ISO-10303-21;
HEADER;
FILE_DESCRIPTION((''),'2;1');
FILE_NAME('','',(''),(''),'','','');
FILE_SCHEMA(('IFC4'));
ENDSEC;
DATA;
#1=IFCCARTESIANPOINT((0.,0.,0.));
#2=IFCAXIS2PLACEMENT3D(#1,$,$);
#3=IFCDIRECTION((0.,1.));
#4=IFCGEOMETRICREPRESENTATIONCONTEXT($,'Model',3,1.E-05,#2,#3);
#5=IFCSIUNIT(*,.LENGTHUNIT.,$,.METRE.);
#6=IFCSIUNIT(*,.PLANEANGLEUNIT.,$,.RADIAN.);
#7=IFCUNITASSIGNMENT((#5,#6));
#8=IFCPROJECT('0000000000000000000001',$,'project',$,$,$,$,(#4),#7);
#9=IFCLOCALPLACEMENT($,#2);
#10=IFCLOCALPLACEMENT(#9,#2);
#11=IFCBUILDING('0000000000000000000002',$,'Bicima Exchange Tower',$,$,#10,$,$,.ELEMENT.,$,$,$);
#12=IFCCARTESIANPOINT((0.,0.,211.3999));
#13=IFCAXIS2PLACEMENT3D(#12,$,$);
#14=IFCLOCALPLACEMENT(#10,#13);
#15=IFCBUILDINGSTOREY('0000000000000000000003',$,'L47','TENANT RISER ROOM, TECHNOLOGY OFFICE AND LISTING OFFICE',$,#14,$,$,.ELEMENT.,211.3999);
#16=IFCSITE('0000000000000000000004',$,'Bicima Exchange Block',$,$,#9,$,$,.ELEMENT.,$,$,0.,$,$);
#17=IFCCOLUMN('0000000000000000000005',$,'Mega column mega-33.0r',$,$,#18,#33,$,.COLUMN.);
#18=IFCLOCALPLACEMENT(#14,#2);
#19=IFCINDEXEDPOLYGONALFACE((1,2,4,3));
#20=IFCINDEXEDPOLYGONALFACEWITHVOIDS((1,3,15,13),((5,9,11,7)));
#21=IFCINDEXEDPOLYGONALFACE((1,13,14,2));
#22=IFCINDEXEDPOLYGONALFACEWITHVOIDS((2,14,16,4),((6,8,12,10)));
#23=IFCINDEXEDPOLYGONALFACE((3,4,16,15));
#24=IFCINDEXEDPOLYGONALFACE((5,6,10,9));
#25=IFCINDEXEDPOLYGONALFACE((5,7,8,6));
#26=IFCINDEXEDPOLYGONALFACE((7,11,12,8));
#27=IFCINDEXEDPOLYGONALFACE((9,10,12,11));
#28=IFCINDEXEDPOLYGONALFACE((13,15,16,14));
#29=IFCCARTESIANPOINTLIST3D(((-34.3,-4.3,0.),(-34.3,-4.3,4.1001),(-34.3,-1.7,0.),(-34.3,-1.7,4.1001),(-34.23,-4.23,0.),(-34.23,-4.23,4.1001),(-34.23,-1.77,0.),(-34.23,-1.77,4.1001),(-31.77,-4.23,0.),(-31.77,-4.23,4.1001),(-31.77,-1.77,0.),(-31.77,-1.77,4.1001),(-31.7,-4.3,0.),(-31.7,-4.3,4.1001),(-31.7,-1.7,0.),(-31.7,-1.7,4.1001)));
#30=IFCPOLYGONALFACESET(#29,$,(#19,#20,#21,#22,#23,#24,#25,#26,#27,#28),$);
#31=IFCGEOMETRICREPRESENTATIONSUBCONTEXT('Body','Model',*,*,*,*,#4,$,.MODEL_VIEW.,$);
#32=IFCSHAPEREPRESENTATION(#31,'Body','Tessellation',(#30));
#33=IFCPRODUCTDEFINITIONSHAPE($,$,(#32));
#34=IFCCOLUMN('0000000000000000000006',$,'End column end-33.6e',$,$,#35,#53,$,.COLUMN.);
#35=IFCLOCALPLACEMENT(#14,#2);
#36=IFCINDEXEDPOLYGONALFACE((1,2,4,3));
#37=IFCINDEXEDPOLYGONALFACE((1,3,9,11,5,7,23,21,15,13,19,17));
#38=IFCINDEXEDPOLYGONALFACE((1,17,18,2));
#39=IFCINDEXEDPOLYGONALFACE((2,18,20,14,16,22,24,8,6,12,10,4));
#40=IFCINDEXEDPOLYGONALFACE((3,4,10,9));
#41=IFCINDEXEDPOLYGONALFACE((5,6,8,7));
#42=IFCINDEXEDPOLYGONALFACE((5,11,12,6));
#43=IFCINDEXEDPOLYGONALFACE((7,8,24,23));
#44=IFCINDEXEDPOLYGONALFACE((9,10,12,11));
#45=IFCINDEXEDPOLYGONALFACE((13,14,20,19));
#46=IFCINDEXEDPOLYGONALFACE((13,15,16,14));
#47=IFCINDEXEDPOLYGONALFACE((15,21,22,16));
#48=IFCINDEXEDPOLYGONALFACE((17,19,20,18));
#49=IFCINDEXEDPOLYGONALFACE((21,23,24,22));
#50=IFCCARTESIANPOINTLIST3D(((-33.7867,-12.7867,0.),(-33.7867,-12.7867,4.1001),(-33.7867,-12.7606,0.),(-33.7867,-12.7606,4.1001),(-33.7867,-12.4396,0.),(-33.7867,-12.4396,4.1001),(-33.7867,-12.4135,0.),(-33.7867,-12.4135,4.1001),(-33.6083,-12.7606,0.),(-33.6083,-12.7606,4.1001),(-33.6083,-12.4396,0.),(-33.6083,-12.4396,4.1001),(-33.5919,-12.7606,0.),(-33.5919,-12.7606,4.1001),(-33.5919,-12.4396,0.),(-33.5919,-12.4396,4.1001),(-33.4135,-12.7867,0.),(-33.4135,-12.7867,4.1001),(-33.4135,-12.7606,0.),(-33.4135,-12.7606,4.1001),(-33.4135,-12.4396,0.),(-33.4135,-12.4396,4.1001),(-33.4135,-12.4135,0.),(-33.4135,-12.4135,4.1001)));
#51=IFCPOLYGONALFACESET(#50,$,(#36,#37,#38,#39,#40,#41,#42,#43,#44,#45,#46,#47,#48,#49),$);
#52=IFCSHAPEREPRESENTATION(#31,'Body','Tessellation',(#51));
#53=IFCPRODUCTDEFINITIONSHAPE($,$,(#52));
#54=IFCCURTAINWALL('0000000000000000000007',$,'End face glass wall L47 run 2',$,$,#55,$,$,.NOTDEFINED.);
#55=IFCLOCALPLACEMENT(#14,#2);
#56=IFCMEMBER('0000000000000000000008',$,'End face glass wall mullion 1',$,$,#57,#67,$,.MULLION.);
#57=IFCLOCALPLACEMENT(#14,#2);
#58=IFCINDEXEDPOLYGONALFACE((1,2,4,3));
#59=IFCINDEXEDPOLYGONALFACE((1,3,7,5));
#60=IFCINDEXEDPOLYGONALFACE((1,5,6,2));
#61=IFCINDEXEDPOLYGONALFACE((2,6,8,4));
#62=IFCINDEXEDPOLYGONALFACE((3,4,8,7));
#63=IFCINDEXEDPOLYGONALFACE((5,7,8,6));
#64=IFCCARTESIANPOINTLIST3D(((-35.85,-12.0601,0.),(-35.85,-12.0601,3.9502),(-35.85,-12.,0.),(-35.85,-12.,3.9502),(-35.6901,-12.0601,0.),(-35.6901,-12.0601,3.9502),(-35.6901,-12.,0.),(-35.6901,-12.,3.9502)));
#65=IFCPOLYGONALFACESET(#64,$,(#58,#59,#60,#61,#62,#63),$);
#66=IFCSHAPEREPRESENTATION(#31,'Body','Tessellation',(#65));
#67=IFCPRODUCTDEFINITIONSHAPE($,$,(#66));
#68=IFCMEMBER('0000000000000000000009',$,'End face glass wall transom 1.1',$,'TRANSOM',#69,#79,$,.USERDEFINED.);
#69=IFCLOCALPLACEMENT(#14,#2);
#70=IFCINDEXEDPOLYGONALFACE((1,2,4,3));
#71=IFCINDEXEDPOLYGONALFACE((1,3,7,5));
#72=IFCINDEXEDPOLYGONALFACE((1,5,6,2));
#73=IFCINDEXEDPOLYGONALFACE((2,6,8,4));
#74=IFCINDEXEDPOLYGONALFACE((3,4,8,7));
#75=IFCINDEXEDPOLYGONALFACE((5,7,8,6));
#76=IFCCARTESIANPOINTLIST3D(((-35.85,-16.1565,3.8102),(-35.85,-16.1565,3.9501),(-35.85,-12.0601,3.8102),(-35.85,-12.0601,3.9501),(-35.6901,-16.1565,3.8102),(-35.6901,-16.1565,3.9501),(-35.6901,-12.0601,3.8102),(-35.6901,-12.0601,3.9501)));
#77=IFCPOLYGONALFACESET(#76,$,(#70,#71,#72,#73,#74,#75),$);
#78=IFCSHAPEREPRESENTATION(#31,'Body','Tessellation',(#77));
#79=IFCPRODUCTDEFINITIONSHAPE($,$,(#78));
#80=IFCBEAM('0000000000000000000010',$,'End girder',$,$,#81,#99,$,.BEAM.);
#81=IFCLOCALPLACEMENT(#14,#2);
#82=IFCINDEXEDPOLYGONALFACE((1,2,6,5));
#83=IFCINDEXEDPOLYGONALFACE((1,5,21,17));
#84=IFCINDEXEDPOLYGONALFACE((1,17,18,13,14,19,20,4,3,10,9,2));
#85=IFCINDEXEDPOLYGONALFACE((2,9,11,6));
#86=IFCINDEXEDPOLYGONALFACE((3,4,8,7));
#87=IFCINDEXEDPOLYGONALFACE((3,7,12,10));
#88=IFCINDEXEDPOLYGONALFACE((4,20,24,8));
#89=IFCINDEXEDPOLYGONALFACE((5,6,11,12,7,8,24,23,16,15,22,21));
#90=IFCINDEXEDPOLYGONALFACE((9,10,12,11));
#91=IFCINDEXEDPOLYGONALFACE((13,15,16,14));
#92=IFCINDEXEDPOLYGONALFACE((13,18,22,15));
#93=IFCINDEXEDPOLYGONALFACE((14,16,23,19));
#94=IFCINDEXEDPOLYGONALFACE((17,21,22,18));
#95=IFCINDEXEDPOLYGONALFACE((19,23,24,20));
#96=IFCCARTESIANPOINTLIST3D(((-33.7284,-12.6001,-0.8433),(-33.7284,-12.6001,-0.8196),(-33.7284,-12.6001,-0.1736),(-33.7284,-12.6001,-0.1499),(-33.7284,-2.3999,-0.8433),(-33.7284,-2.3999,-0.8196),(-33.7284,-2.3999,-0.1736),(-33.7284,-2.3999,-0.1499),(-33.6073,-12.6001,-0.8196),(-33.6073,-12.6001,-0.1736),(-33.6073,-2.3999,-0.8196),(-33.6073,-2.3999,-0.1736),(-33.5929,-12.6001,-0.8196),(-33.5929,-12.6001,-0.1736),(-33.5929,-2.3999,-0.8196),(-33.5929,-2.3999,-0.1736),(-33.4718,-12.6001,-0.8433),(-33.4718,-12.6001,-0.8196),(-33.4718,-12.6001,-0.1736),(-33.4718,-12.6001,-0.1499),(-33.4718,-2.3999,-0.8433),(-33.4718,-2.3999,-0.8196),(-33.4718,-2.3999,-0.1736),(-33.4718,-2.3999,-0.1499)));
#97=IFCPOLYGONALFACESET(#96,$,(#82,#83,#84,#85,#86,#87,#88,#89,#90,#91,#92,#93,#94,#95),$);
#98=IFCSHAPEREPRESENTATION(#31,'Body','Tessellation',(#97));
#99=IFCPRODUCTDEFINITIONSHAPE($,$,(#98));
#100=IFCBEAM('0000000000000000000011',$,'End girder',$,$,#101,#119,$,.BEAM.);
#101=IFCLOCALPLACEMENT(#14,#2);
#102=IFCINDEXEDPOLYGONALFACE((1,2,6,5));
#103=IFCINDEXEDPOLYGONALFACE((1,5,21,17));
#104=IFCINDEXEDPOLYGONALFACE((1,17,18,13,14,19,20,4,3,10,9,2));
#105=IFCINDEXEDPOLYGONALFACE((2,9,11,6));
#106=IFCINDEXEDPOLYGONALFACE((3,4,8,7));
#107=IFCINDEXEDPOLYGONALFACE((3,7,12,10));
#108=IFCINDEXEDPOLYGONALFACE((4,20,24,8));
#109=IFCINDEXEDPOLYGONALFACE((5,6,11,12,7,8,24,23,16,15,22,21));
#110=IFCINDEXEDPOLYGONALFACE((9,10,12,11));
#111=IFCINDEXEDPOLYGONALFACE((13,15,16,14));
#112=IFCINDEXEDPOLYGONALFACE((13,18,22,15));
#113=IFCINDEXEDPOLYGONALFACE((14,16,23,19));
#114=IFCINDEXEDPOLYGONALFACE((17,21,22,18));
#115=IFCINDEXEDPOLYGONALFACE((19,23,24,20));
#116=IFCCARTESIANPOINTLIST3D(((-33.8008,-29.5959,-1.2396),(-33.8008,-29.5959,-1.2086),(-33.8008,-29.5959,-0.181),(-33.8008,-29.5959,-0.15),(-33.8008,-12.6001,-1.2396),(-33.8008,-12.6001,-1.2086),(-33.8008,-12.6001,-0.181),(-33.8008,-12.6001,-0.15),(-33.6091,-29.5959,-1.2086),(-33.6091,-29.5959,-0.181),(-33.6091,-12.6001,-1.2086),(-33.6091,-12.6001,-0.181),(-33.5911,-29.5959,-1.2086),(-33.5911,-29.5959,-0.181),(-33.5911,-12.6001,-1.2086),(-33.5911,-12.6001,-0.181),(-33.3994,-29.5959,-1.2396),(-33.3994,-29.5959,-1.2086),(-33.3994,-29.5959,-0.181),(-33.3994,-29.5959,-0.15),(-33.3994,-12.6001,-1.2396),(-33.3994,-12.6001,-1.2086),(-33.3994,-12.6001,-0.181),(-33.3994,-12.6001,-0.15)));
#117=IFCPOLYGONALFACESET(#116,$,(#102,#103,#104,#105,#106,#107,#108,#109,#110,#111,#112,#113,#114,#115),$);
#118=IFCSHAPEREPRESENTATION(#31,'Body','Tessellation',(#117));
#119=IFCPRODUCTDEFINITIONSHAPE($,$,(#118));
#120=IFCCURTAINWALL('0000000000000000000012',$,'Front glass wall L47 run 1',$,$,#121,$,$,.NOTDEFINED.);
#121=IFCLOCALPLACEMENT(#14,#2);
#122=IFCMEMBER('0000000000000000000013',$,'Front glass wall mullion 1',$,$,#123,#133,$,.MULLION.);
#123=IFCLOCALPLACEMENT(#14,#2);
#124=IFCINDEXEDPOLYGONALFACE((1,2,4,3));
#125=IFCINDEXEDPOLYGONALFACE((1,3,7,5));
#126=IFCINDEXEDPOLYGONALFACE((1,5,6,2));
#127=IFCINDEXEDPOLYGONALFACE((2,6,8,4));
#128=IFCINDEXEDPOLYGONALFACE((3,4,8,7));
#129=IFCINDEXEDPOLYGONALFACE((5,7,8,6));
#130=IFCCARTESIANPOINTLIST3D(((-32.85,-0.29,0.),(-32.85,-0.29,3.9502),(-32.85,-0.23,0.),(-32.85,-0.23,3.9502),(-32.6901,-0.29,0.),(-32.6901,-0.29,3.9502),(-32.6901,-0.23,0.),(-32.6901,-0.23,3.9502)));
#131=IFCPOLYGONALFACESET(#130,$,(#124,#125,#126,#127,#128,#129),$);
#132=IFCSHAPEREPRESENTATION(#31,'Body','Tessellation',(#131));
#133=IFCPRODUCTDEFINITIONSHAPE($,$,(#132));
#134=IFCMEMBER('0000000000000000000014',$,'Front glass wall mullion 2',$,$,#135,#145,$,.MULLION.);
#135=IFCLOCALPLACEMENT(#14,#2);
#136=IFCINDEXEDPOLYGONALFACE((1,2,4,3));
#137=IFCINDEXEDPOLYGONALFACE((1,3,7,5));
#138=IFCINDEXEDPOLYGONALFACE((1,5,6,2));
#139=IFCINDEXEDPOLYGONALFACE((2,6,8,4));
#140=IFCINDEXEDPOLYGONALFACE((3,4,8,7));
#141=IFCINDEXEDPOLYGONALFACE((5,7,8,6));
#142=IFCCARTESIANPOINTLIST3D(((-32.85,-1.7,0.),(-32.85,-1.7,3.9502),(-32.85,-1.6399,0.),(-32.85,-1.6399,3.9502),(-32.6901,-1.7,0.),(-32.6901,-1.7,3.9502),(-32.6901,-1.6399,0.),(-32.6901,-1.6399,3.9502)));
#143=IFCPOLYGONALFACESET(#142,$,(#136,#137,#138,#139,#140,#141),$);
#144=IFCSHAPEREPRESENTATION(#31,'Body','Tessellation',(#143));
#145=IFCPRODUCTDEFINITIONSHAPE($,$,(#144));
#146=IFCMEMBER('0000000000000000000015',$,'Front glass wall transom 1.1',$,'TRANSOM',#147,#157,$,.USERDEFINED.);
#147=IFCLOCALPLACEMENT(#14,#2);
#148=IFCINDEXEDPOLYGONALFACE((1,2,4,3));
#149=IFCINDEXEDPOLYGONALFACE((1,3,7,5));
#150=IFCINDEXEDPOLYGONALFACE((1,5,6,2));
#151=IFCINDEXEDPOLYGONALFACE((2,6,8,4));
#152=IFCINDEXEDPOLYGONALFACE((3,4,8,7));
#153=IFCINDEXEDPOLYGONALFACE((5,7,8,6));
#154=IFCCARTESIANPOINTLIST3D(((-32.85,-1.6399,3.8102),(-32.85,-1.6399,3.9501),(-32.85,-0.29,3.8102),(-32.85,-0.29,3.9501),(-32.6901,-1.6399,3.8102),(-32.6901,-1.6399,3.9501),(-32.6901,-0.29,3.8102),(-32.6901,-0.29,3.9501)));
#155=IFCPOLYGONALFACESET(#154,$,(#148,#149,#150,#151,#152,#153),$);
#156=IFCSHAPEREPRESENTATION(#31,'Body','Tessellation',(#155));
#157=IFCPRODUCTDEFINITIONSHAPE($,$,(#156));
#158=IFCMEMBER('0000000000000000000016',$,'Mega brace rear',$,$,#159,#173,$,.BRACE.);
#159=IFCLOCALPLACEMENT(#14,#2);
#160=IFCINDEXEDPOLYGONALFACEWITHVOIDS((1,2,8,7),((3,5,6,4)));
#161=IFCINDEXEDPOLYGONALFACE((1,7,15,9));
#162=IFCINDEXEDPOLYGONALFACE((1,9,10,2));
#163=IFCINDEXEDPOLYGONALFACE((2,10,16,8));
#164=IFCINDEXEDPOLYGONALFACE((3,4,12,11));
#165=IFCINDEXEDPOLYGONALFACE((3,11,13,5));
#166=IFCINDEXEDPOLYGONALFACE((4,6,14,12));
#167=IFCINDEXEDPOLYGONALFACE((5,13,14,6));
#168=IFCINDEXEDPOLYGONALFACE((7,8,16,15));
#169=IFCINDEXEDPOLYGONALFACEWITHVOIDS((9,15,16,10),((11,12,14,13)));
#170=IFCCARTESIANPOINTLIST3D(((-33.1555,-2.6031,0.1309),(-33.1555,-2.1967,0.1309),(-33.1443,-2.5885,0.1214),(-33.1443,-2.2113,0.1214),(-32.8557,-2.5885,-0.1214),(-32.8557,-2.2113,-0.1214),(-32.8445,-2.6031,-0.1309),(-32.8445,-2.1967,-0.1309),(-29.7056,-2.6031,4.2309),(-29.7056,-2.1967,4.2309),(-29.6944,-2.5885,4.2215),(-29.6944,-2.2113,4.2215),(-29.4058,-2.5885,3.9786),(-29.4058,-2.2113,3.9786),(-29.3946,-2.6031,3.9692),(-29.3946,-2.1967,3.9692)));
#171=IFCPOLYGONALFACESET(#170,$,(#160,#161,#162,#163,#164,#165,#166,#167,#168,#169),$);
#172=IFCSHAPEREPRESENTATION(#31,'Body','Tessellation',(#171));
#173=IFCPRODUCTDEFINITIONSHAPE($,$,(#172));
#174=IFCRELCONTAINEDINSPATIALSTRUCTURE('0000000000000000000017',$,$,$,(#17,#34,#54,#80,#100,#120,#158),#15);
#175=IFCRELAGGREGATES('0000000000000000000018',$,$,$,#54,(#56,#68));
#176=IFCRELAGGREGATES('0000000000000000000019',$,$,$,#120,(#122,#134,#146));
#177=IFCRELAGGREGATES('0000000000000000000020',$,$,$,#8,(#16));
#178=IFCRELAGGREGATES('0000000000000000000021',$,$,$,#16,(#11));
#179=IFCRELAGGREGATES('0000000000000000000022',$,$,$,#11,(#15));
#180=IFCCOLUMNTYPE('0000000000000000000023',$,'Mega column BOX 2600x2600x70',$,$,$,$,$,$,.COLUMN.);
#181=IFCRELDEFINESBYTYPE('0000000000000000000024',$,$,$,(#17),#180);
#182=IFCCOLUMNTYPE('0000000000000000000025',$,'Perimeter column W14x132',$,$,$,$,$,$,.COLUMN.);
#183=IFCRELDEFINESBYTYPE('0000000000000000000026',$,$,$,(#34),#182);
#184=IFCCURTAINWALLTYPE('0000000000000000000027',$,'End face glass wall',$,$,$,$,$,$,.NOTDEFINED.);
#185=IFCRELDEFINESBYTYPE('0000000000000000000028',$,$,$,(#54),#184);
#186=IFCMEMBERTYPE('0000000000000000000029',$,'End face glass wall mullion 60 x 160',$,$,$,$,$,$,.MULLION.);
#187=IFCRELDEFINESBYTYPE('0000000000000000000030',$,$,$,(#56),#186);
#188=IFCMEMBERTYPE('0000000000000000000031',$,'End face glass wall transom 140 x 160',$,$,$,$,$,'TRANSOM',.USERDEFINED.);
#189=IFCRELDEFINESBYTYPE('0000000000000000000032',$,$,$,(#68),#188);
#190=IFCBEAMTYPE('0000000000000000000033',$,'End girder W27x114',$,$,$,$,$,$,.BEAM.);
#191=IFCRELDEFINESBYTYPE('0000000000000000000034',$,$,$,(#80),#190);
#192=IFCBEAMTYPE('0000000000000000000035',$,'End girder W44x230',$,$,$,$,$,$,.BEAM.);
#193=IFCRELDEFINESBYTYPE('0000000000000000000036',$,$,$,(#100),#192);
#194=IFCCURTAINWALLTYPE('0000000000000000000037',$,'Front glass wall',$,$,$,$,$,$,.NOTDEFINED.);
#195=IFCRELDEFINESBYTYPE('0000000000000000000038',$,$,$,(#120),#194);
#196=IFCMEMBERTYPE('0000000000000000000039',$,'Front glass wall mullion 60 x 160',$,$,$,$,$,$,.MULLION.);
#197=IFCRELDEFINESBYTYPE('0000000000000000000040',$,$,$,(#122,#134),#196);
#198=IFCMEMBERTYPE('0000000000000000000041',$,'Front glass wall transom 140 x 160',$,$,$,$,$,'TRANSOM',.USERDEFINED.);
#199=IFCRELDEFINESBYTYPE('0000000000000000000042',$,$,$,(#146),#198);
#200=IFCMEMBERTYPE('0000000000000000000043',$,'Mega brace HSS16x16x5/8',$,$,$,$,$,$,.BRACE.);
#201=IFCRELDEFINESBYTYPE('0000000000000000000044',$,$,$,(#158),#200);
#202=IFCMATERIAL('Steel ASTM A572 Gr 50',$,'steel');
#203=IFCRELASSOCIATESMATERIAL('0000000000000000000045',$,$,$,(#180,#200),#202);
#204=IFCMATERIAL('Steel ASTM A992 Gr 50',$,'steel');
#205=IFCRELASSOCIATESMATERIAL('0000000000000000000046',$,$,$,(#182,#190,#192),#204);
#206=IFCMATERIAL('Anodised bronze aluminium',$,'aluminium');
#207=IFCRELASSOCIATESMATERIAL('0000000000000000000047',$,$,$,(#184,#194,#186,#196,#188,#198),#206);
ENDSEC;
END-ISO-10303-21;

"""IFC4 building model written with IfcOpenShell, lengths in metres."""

from ifc_helpers import new_model, si_unit, direction, frame, origin, origin_2d, place, context, subcontext, project, spatial, rectangle, hollow_rectangle, i_section, extrude, material, material_profile, profile_set, type_object, element, aggregate, save


model = new_model("IFC4")

# Units and contexts
model_context = context("Model", 3, precision=1e-05, world=origin(), true_north=direction((0.0, 1.0)))
body_context = subcontext(model_context, "Body", "Model", "MODEL_VIEW")
ifc_project = project(units=[si_unit("LENGTHUNIT", "METRE"), si_unit("PLANEANGLEUNIT", "RADIAN")], contexts=[model_context])

# Site, building, storey
site_placement = place(None, origin())
site = spatial("IfcSite", under=ifc_project, at=site_placement, Name="Bicima Exchange Block", CompositionType="ELEMENT", RefElevation=0.0)
building_placement = place(site_placement, origin())
building = spatial("IfcBuilding", under=site, at=building_placement, Name="Bicima Exchange Tower", CompositionType="ELEMENT")
storey_placement = place(building_placement, frame((0.0, 0.0, 211.3999)))
storey = spatial("IfcBuildingStorey", under=building, at=storey_placement, Name="L47", Description="TENANT RISER ROOM, TECHNOLOGY OFFICE AND LISTING OFFICE", CompositionType="ELEMENT", Elevation=211.3999)

# Columns
ifc_material_1 = material(Name="Steel ASTM A572 Gr 50", Category="steel")
ifc_material_profile_1 = material_profile(ifc_material_1, hollow_rectangle(XDim=2.6001, YDim=2.6001, WallThickness=0.0701, at=origin_2d()))
ifc_profile_set_1 = profile_set([ifc_material_profile_1], Name="Steel ASTM A572 Gr 50")
column_type_1 = type_object("IfcColumnType", Name="Mega column BOX 2600x2600x70", PredefinedType="COLUMN", material=ifc_profile_set_1)
column_1_placement = place(storey_placement, frame((-33.0, -3.0, 0.0), z_axis=(0.0, 0.0, 1.0), x_axis=(1.0, 0.0, 0.0)))
element("IfcColumn", 1, at=column_1_placement, inside=storey, type_object=column_type_1, Name="Mega column mega-33.0r", PredefinedType="COLUMN", context=body_context, shape_type="SweptSolid", body=[
    extrude(hollow_rectangle(XDim=2.6001, YDim=2.6001, WallThickness=0.0701, at=origin_2d()), origin(), (0.0, 0.0, 1.0), 4.1001),
])
ifc_material_2 = material(Name="Steel ASTM A992 Gr 50", Category="steel")
ifc_material_profile_2 = material_profile(ifc_material_2, i_section(OverallWidth=0.3733, OverallDepth=0.3733, WebThickness=0.0164, FlangeThickness=0.0261, at=origin_2d()))
ifc_profile_set_2 = profile_set([ifc_material_profile_2], Name="Steel ASTM A992 Gr 50")
column_type_2 = type_object("IfcColumnType", Name="Perimeter column W14x132", PredefinedType="COLUMN", material=ifc_profile_set_2)
column_2_placement = place(storey_placement, frame((-33.6001, -12.6001, 0.0), z_axis=(0.0, 0.0, 1.0), x_axis=(1.0, 0.0, 0.0)))
element("IfcColumn", 2, at=column_2_placement, inside=storey, type_object=column_type_2, Name="End column end-33.6e", PredefinedType="COLUMN", context=body_context, shape_type="SweptSolid", body=[
    extrude(i_section(OverallWidth=0.3733, OverallDepth=0.3733, WebThickness=0.0164, FlangeThickness=0.0261, at=origin_2d()), origin(), (0.0, 0.0, 1.0), 4.1001),
])

# Curtain wall, members
ifc_material_3 = material(Name="Anodised bronze aluminium", Category="aluminium")
curtain_wall_type_1 = type_object("IfcCurtainWallType", Name="End face glass wall", PredefinedType="NOTDEFINED", material=ifc_material_3)
curtain_wall_1_placement = place(storey_placement, origin())
curtain_wall_1 = element("IfcCurtainWall", 3, at=curtain_wall_1_placement, inside=storey, type_object=curtain_wall_type_1, Name="End face glass wall L47 run 2", PredefinedType="NOTDEFINED")
ifc_material_profile_3 = material_profile(ifc_material_3, rectangle(XDim=0.1599, YDim=0.0601, at=origin_2d()))
ifc_profile_set_3 = profile_set([ifc_material_profile_3], Name="Anodised bronze aluminium")
member_type_1 = type_object("IfcMemberType", Name="End face glass wall mullion 60 x 160", PredefinedType="MULLION", material=ifc_profile_set_3)
member_1_placement = place(storey_placement, frame((-35.77, -12.03, 0.0), z_axis=(0.0, 0.0, 1.0), x_axis=(1.0, 0.0, 0.0)))
member_1 = element("IfcMember", 4, at=member_1_placement, type_object=member_type_1, Name="End face glass wall mullion 1", PredefinedType="MULLION", context=body_context, shape_type="SweptSolid", body=[
    extrude(rectangle(XDim=0.1599, YDim=0.0601, at=origin_2d()), origin(), (0.0, 0.0, 1.0), 3.9502),
])
ifc_material_profile_4 = material_profile(ifc_material_3, rectangle(XDim=0.1599, YDim=0.1399, at=origin_2d()))
ifc_profile_set_4 = profile_set([ifc_material_profile_4], Name="Anodised bronze aluminium")
member_type_2 = type_object("IfcMemberType", Name="End face glass wall transom 140 x 160", ElementType="TRANSOM", PredefinedType="USERDEFINED", material=ifc_profile_set_4)
member_2_placement = place(storey_placement, frame((-35.77, -12.0601, 3.8801), z_axis=(0.0, -1.0, 0.0), x_axis=(1.0, 0.0, 0.0)))
member_2 = element("IfcMember", 5, at=member_2_placement, type_object=member_type_2, Name="End face glass wall transom 1.1", ObjectType="TRANSOM", PredefinedType="USERDEFINED", context=body_context, shape_type="SweptSolid", body=[
    extrude(rectangle(XDim=0.1599, YDim=0.1399, at=origin_2d()), origin(), (0.0, 0.0, 1.0), 4.0964),
])
aggregate(curtain_wall_1, [member_1, member_2])

# Beams
ifc_material_profile_5 = material_profile(ifc_material_2, i_section(OverallWidth=0.2566, OverallDepth=0.6934, WebThickness=0.0144, FlangeThickness=0.0237, at=origin_2d()))
ifc_profile_set_5 = profile_set([ifc_material_profile_5], Name="Steel ASTM A992 Gr 50")
beam_type_1 = type_object("IfcBeamType", Name="End girder W27x114", PredefinedType="BEAM", material=ifc_profile_set_5)
beam_1_placement = place(storey_placement, frame((-33.6001, -2.3999, -0.4966), z_axis=(0.0, -1.0, 0.0), x_axis=(1.0, 0.0, 0.0)))
element("IfcBeam", 6, at=beam_1_placement, inside=storey, type_object=beam_type_1, Name="End girder", PredefinedType="BEAM", context=body_context, shape_type="SweptSolid", body=[
    extrude(i_section(OverallWidth=0.2566, OverallDepth=0.6934, WebThickness=0.0144, FlangeThickness=0.0237, at=origin_2d()), origin(), (0.0, 0.0, 1.0), 10.2002),
])
ifc_material_profile_6 = material_profile(ifc_material_2, i_section(OverallWidth=0.4014, OverallDepth=1.0896, WebThickness=0.0181, FlangeThickness=0.031, at=origin_2d()))
ifc_profile_set_6 = profile_set([ifc_material_profile_6], Name="Steel ASTM A992 Gr 50")
beam_type_2 = type_object("IfcBeamType", Name="End girder W44x230", PredefinedType="BEAM", material=ifc_profile_set_6)
beam_2_placement = place(storey_placement, frame((-33.6001, -12.6001, -0.6948), z_axis=(0.0, -1.0, 0.0), x_axis=(1.0, 0.0, 0.0)))
element("IfcBeam", 7, at=beam_2_placement, inside=storey, type_object=beam_type_2, Name="End girder", PredefinedType="BEAM", context=body_context, shape_type="SweptSolid", body=[
    extrude(i_section(OverallWidth=0.4014, OverallDepth=1.0896, WebThickness=0.0181, FlangeThickness=0.031, at=origin_2d()), origin(), (0.0, 0.0, 1.0), 16.9958),
])

# Curtain wall, members
curtain_wall_type_2 = type_object("IfcCurtainWallType", Name="Front glass wall", PredefinedType="NOTDEFINED", material=ifc_material_3)
curtain_wall_2_placement = place(storey_placement, origin())
curtain_wall_2 = element("IfcCurtainWall", 8, at=curtain_wall_2_placement, inside=storey, type_object=curtain_wall_type_2, Name="Front glass wall L47 run 1", PredefinedType="NOTDEFINED")
member_type_3 = type_object("IfcMemberType", Name="Front glass wall mullion 60 x 160", PredefinedType="MULLION", material=ifc_profile_set_3)
member_3_placement = place(storey_placement, frame((-32.77, -0.26, 0.0), z_axis=(0.0, 0.0, 1.0), x_axis=(1.0, 0.0, 0.0)))
member_3 = element("IfcMember", 9, at=member_3_placement, type_object=member_type_3, Name="Front glass wall mullion 1", PredefinedType="MULLION", context=body_context, shape_type="SweptSolid", body=[
    extrude(rectangle(XDim=0.1599, YDim=0.0601, at=origin_2d()), origin(), (0.0, 0.0, 1.0), 3.9502),
])
member_4_placement = place(storey_placement, frame((-32.77, -1.6699, 0.0), z_axis=(0.0, 0.0, 1.0), x_axis=(1.0, 0.0, 0.0)))
member_4 = element("IfcMember", 10, at=member_4_placement, type_object=member_type_3, Name="Front glass wall mullion 2", PredefinedType="MULLION", context=body_context, shape_type="SweptSolid", body=[
    extrude(rectangle(XDim=0.1599, YDim=0.0601, at=origin_2d()), origin(), (0.0, 0.0, 1.0), 3.9502),
])
member_type_4 = type_object("IfcMemberType", Name="Front glass wall transom 140 x 160", ElementType="TRANSOM", PredefinedType="USERDEFINED", material=ifc_profile_set_4)
member_5_placement = place(storey_placement, frame((-32.77, -0.29, 3.8801), z_axis=(0.0, -1.0, 0.0), x_axis=(1.0, 0.0, 0.0)))
member_5 = element("IfcMember", 11, at=member_5_placement, type_object=member_type_4, Name="Front glass wall transom 1.1", ObjectType="TRANSOM", PredefinedType="USERDEFINED", context=body_context, shape_type="SweptSolid", body=[
    extrude(rectangle(XDim=0.1599, YDim=0.1399, at=origin_2d()), origin(), (0.0, 0.0, 1.0), 1.3499),
])

# Member
ifc_material_profile_7 = material_profile(ifc_material_1, hollow_rectangle(XDim=0.4065, YDim=0.4065, WallThickness=0.0146, at=origin_2d()))
ifc_profile_set_7 = profile_set([ifc_material_profile_7], Name="Steel ASTM A572 Gr 50")
member_type_5 = type_object("IfcMemberType", Name="Mega brace HSS16x16x5/8", PredefinedType="BRACE", material=ifc_profile_set_7)
member_6_placement = place(storey_placement, frame((-33.0, -2.3999, 0.0), z_axis=(0.643834, 0.0, 0.765165), x_axis=(0.0, 1.0, 0.0)))
element("IfcMember", 12, at=member_6_placement, inside=storey, type_object=member_type_5, Name="Mega brace rear", PredefinedType="BRACE", context=body_context, shape_type="SweptSolid", body=[
    extrude(hollow_rectangle(XDim=0.4065, YDim=0.4065, WallThickness=0.0146, at=origin_2d()), origin(), (0.0, 0.0, 1.0), 5.3584),
])

aggregate(curtain_wall_2, [member_3, member_4, member_5])

save(model, "model.ifc")
